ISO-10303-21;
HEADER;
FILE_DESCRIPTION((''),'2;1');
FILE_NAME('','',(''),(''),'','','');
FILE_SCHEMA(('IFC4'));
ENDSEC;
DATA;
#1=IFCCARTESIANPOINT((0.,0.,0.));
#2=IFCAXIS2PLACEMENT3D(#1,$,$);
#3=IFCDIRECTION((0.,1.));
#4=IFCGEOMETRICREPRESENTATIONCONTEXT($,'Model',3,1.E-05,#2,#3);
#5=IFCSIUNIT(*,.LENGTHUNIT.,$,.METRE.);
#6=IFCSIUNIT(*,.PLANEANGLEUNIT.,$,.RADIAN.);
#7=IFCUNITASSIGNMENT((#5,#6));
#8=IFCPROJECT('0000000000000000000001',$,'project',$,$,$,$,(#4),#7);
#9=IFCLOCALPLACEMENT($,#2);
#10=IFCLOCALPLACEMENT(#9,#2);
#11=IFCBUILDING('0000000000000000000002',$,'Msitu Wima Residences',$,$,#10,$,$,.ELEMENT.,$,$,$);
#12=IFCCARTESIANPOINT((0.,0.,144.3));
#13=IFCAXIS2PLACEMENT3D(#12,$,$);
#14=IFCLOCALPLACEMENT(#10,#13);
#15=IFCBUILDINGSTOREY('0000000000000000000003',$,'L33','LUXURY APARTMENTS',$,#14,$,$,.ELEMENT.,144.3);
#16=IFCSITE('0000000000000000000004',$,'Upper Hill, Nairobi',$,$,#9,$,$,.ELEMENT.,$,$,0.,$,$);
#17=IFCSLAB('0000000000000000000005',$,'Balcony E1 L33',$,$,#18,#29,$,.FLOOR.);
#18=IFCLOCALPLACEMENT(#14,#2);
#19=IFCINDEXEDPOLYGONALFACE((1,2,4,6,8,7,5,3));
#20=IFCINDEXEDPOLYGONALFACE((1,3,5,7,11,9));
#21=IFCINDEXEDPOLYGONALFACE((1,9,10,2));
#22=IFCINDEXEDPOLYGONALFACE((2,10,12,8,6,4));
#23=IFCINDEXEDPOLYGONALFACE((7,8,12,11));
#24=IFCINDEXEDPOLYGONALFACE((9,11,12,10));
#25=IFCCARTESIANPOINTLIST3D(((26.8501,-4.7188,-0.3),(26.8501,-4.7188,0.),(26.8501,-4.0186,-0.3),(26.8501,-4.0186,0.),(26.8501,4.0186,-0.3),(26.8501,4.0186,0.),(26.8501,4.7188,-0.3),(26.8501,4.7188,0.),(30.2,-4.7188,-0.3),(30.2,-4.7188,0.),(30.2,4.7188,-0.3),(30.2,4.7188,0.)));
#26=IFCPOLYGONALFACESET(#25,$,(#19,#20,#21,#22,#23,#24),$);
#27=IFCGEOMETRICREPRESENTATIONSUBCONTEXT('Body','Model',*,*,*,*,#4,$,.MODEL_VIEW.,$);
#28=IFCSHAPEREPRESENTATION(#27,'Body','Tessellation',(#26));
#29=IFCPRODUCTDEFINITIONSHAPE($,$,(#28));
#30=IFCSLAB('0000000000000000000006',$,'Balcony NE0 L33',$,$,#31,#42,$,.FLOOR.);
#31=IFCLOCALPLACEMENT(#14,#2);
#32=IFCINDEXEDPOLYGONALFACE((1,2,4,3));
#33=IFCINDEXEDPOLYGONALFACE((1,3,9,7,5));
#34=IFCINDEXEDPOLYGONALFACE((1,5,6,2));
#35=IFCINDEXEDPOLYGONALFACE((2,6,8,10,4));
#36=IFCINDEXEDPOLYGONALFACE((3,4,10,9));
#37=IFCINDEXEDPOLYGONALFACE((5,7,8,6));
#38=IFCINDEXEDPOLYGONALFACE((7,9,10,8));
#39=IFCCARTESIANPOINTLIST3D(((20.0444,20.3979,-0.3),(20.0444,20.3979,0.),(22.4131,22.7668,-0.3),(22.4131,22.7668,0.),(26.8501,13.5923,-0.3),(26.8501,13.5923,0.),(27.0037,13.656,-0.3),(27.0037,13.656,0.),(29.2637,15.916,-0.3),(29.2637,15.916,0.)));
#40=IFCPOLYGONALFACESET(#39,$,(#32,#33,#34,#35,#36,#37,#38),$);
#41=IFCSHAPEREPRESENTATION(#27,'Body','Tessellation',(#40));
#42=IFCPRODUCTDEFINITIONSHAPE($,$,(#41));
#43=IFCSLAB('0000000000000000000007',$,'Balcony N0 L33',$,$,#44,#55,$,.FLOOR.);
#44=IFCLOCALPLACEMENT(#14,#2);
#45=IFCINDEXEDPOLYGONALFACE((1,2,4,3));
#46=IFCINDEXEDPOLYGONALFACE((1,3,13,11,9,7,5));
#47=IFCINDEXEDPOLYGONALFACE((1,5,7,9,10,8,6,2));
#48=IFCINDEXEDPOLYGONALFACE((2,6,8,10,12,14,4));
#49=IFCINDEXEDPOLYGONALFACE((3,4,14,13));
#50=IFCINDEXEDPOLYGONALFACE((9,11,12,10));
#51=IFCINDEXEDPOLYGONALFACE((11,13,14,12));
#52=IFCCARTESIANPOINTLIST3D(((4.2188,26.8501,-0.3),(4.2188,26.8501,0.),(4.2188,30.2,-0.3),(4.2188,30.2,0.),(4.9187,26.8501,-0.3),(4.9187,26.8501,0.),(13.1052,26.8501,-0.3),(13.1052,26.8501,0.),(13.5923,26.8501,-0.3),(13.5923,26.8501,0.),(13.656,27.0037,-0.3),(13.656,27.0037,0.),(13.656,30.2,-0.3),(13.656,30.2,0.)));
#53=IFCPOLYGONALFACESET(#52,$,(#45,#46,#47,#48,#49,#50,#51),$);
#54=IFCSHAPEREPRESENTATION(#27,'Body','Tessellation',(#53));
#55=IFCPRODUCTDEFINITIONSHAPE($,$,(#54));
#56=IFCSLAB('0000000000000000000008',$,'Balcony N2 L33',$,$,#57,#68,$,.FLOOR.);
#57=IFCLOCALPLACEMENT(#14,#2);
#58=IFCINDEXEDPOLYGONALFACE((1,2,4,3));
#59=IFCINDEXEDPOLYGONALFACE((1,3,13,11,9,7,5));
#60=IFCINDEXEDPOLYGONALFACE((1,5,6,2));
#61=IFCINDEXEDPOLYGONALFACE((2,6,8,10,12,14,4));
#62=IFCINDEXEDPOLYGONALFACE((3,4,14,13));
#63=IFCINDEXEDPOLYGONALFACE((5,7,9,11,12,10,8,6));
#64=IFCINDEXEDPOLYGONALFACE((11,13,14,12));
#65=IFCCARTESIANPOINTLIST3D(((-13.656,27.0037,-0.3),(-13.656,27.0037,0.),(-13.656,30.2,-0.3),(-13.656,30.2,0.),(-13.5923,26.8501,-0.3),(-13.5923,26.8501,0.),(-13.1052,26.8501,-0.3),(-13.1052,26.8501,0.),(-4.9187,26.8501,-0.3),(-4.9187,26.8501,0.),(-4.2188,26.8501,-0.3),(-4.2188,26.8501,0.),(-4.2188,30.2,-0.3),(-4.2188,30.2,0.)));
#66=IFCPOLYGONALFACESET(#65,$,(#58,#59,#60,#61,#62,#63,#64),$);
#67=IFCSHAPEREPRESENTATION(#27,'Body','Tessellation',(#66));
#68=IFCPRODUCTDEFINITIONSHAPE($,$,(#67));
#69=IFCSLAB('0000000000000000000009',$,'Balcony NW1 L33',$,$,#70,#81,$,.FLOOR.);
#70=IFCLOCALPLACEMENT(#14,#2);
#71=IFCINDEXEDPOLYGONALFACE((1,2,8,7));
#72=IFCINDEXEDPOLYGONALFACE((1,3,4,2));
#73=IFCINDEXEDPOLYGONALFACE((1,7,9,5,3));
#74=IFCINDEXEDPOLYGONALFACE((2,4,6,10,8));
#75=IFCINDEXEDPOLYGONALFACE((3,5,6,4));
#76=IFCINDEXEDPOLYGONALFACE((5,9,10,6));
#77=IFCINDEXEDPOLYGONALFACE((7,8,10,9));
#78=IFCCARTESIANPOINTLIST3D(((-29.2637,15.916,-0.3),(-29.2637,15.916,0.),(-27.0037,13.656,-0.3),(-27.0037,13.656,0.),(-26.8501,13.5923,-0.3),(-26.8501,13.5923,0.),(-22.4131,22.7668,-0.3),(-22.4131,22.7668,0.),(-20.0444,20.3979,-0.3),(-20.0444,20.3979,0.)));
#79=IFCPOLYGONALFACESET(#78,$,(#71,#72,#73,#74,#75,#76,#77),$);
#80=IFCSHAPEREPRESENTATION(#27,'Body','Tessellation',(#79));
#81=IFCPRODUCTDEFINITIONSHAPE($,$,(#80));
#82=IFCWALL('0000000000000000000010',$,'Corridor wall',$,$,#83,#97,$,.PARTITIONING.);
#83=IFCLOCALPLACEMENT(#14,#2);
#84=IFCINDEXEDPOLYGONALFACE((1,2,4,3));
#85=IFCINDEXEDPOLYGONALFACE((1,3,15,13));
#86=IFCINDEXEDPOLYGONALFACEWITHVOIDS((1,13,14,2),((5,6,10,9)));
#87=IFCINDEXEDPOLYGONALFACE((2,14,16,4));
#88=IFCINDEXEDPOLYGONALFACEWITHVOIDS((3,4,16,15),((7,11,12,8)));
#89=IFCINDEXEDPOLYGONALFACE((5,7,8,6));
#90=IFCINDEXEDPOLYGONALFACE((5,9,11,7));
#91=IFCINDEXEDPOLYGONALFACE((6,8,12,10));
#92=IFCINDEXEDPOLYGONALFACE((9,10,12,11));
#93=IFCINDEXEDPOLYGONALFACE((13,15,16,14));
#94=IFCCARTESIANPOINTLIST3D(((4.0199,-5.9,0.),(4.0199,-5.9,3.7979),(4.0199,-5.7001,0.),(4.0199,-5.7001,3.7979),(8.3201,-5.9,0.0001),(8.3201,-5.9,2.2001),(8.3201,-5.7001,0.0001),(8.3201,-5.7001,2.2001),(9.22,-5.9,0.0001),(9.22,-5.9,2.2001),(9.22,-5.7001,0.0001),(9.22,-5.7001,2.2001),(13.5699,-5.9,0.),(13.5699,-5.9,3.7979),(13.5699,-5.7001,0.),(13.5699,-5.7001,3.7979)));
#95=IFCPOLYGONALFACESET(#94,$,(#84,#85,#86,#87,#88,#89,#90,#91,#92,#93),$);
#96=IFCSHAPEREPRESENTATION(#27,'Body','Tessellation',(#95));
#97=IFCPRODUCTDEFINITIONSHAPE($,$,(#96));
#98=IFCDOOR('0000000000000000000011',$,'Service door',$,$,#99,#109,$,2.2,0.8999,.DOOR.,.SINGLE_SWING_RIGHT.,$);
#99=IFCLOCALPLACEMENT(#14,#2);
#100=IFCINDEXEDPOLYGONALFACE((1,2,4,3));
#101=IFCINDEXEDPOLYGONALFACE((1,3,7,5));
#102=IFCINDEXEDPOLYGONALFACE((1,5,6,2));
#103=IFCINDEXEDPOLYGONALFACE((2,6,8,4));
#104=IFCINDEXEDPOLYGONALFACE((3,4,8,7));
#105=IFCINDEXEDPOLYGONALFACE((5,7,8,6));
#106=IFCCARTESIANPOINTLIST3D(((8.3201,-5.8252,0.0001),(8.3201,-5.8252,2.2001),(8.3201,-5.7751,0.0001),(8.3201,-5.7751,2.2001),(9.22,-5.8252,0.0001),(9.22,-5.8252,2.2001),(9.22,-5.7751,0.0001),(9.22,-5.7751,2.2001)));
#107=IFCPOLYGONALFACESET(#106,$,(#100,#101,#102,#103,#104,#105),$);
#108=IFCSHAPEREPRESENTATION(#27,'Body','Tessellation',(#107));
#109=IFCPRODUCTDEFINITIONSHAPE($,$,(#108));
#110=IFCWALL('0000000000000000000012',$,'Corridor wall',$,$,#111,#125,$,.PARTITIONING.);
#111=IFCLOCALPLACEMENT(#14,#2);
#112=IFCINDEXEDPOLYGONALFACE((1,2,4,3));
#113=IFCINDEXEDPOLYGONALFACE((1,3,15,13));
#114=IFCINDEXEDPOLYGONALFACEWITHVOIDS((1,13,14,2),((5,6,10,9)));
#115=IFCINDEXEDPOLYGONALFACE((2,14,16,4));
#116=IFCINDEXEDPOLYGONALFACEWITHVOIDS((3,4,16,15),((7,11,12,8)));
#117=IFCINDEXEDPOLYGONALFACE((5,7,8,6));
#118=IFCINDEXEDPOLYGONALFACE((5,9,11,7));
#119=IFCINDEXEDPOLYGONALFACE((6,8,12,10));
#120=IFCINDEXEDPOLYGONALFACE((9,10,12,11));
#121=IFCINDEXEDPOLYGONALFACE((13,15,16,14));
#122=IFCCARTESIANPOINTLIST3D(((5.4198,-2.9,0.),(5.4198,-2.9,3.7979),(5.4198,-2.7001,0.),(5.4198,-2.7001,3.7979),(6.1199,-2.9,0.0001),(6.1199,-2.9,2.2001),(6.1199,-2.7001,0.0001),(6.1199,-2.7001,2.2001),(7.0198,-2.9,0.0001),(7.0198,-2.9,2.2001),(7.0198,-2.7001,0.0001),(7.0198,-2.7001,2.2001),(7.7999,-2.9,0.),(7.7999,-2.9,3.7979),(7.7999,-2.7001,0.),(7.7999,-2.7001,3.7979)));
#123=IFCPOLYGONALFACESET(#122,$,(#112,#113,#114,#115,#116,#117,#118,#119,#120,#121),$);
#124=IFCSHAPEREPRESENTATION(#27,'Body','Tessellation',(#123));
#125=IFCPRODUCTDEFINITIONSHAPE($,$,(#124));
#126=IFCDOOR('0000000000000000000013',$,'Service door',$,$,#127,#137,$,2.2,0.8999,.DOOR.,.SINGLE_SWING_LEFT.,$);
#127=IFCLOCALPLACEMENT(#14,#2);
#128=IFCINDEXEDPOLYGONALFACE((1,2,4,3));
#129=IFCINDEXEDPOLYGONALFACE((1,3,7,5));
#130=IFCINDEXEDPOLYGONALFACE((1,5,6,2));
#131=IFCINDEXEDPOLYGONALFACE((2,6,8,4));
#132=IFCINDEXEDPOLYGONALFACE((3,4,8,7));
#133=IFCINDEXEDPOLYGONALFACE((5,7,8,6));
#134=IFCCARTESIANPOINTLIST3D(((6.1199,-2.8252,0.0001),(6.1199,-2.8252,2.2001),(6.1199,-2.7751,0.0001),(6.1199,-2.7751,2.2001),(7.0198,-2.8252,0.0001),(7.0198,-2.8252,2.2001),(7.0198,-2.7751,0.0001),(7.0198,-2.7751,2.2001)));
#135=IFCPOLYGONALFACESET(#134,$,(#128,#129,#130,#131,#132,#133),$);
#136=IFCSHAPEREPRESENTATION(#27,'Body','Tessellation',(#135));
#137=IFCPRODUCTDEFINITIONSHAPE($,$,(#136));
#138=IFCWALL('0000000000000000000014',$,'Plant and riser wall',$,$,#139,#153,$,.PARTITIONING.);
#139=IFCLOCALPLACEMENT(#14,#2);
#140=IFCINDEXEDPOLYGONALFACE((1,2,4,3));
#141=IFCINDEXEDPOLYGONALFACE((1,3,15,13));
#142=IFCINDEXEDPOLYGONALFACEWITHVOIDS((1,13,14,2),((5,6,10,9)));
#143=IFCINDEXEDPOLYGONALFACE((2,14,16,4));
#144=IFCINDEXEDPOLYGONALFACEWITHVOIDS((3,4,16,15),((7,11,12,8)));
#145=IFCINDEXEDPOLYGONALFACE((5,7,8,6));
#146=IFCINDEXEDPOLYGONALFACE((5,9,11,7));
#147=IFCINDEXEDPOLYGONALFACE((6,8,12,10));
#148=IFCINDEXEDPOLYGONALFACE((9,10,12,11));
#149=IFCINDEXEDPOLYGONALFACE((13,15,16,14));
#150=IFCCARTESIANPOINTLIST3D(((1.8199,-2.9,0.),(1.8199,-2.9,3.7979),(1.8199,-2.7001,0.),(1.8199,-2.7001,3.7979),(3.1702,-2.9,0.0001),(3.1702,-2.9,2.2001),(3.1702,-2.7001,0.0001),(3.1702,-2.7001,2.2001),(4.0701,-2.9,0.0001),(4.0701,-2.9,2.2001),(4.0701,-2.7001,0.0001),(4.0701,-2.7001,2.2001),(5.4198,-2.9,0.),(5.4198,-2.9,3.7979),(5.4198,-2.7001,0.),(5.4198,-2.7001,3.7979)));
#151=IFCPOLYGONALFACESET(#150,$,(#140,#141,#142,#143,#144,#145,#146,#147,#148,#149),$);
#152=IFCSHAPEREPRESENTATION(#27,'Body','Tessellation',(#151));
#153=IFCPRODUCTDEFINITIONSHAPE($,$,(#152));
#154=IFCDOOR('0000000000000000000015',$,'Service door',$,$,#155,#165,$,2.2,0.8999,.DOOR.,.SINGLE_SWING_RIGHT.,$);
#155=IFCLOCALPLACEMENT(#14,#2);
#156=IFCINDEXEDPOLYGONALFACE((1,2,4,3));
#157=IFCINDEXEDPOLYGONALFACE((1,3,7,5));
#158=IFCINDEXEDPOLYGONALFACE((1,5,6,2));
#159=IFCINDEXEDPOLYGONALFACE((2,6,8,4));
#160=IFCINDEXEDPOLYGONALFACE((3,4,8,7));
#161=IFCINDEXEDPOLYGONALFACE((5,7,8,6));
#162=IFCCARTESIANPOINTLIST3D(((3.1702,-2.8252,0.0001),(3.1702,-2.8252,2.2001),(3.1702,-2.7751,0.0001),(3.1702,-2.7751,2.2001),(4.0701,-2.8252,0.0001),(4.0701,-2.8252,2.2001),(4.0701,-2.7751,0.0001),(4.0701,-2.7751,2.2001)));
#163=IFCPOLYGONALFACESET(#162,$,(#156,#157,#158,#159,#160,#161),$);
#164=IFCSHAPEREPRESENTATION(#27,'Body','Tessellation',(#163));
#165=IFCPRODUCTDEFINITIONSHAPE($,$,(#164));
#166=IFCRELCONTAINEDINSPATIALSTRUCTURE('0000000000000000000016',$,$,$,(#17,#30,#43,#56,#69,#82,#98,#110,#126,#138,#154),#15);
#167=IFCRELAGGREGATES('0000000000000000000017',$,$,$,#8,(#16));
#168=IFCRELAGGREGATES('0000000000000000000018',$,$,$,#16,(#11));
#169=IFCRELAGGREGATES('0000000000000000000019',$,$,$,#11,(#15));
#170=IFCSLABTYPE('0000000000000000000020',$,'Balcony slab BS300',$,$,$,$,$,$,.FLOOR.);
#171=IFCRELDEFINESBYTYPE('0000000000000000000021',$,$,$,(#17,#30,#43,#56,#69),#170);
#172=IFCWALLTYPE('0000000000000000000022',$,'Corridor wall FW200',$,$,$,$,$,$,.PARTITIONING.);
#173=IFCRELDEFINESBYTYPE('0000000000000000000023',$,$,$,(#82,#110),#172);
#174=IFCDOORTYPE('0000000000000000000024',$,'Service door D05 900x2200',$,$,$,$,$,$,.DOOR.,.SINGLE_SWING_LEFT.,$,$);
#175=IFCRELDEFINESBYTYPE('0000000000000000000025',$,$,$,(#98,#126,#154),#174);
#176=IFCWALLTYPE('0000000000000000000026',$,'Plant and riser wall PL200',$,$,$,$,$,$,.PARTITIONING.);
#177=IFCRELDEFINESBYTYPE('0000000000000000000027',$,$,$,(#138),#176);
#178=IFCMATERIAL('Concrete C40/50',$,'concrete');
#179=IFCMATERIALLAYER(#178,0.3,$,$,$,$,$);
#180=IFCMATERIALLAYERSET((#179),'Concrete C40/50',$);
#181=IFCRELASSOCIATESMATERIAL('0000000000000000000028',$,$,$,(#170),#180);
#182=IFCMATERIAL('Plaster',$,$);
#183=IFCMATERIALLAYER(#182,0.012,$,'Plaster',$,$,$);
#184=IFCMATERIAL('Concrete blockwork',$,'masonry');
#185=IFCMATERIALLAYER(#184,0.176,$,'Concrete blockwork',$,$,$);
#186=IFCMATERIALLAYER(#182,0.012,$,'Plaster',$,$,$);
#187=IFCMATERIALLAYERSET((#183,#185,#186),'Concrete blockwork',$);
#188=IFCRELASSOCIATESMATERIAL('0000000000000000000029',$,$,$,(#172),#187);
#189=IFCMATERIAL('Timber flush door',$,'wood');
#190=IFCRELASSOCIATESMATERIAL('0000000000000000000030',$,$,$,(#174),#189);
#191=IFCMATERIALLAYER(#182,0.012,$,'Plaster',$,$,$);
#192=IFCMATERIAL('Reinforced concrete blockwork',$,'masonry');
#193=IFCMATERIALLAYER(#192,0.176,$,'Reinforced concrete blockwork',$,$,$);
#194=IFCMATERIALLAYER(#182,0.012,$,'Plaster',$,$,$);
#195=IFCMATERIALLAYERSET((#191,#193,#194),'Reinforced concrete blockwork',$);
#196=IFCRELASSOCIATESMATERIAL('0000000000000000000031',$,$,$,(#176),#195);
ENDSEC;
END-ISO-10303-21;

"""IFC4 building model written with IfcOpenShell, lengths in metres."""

from ifc_helpers import new_model, si_unit, direction, frame, frame_2d, origin, place, context, subcontext, project, spatial, polyline, rectangle, outline, extrude, material, layer, layer_set, type_object, element, fill, save


model = new_model("IFC4")

# Units and contexts
model_context = context("Model", 3, precision=1e-05, world=origin(), true_north=direction((0.0, 1.0)))
body_context = subcontext(model_context, "Body", "Model", "MODEL_VIEW")
ifc_project = project(units=[si_unit("LENGTHUNIT", "METRE"), si_unit("PLANEANGLEUNIT", "RADIAN")], contexts=[model_context])

# Site, building, storey
site_placement = place(None, origin())
site = spatial("IfcSite", under=ifc_project, at=site_placement, Name="Upper Hill, Nairobi", CompositionType="ELEMENT", RefElevation=0.0)
building_placement = place(site_placement, origin())
building = spatial("IfcBuilding", under=site, at=building_placement, Name="Msitu Wima Residences", CompositionType="ELEMENT")
storey_placement = place(building_placement, frame((0.0, 0.0, 144.3)))
storey = spatial("IfcBuildingStorey", under=building, at=storey_placement, Name="L33", Description="LUXURY APARTMENTS", CompositionType="ELEMENT", Elevation=144.3)

# Slabs
ifc_material_1 = material(Name="Concrete C40/50", Category="concrete")
ifc_layer_1 = layer(ifc_material_1, 0.3)
ifc_layer_set_1 = layer_set([ifc_layer_1], Name="Concrete C40/50")
slab_type = type_object("IfcSlabType", Name="Balcony slab BS300", PredefinedType="FLOOR", material=ifc_layer_set_1)
slab_1_placement = place(storey_placement, frame((0.0, 0.0, -0.3)))
element("IfcSlab", 1, at=slab_1_placement, inside=storey, type_object=slab_type, Name="Balcony E1 L33", PredefinedType="FLOOR", context=body_context, shape_type="SweptSolid", body=[
    extrude(outline(polyline([(26.8501, 4.0186), (26.8501, 4.0186), (26.8501, 4.7188), (30.2, 4.7188), (30.2, -4.7188), (26.8501, -4.7188), (26.8501, -4.0186), (26.8501, -4.0186), (26.8501, 4.0186)])), origin(), (0.0, 0.0, 1.0), 0.3),
])
slab_2_placement = place(storey_placement, frame((0.0, 0.0, -0.3)))
element("IfcSlab", 2, at=slab_2_placement, inside=storey, type_object=slab_type, Name="Balcony NE0 L33", PredefinedType="FLOOR", context=body_context, shape_type="SweptSolid", body=[
    extrude(outline(polyline([(22.4131, 22.7668), (29.2637, 15.916), (27.0037, 13.656), (26.8501, 13.5923), (20.0444, 20.3979), (22.4131, 22.7668)])), origin(), (0.0, 0.0, 1.0), 0.3),
])
slab_3_placement = place(storey_placement, frame((0.0, 0.0, -0.3)))
element("IfcSlab", 3, at=slab_3_placement, inside=storey, type_object=slab_type, Name="Balcony N0 L33", PredefinedType="FLOOR", context=body_context, shape_type="SweptSolid", body=[
    extrude(outline(polyline([(13.1052, 26.8501), (13.1052, 26.8501), (4.9187, 26.8501), (4.9187, 26.8501), (4.2188, 26.8501), (4.2188, 30.2), (13.656, 30.2), (13.656, 27.0037), (13.5923, 26.8501), (13.1052, 26.8501), (13.1052, 26.8501)])), origin(), (0.0, 0.0, 1.0), 0.3),
])
slab_4_placement = place(storey_placement, frame((0.0, 0.0, -0.3)))
element("IfcSlab", 4, at=slab_4_placement, inside=storey, type_object=slab_type, Name="Balcony N2 L33", PredefinedType="FLOOR", context=body_context, shape_type="SweptSolid", body=[
    extrude(outline(polyline([(-13.1052, 26.8501), (-13.1052, 26.8501), (-13.5923, 26.8501), (-13.656, 27.0037), (-13.656, 30.2), (-4.2188, 30.2), (-4.2188, 26.8501), (-4.9187, 26.8501), (-4.9187, 26.8501), (-13.1052, 26.8501), (-13.1052, 26.8501)])), origin(), (0.0, 0.0, 1.0), 0.3),
])
slab_5_placement = place(storey_placement, frame((0.0, 0.0, -0.3)))
element("IfcSlab", 5, at=slab_5_placement, inside=storey, type_object=slab_type, Name="Balcony NW1 L33", PredefinedType="FLOOR", context=body_context, shape_type="SweptSolid", body=[
    extrude(outline(polyline([(-29.2637, 15.916), (-22.4131, 22.7668), (-20.0444, 20.3979), (-26.8501, 13.5923), (-27.0037, 13.656), (-29.2637, 15.916)])), origin(), (0.0, 0.0, 1.0), 0.3),
])

# Walls, openings, doors
ifc_material_2 = material(Name="Plaster")
ifc_layer_2 = layer(ifc_material_2, 0.012, Name="Plaster")
ifc_material_3 = material(Name="Concrete blockwork", Category="masonry")
ifc_layer_3 = layer(ifc_material_3, 0.176, Name="Concrete blockwork")
ifc_layer_4 = layer(ifc_material_2, 0.012, Name="Plaster")
ifc_layer_set_2 = layer_set([ifc_layer_2, ifc_layer_3, ifc_layer_4], Name="Concrete blockwork")
wall_type_1 = type_object("IfcWallType", Name="Corridor wall FW200", PredefinedType="PARTITIONING", material=ifc_layer_set_2)
wall_1_placement = place(storey_placement, frame((4.02, -5.8, 0.0), z_axis=(0.0, 0.0, 1.0), x_axis=(1.0, 0.0, 0.0)))
wall_1 = element("IfcWall", 6, at=wall_1_placement, inside=storey, type_object=wall_type_1, Name="Corridor wall", PredefinedType="PARTITIONING", context=body_context, shape_type="SweptSolid", body=[
    extrude(rectangle(XDim=9.55, YDim=0.2, at=frame_2d((4.7749, 0.0))), origin(), (0.0, 0.0, 1.0), 3.7979),
])
opening_1_placement = place(wall_1_placement, frame((4.3, 0.0, 0.0)))
opening_1 = element("IfcOpeningElement", 7, at=opening_1_placement, cuts=wall_1, PredefinedType="OPENING", context=body_context, shape_type="SweptSolid", body=[
    extrude(rectangle(XDim=0.8999, YDim=2.2, at=frame_2d((0.45, 1.1001))), frame((0.0, 0.1099, 0.0), z_axis=(0.0, -1.0, 0.0), x_axis=(1.0, 0.0, 0.0)), (0.0, 0.0, 1.0), 0.22),
])
ifc_material_4 = material(Name="Timber flush door", Category="wood")
door_type = type_object("IfcDoorType", Name="Service door D05 900x2200", OperationType="SINGLE_SWING_LEFT", PredefinedType="DOOR", material=ifc_material_4)
door_1_placement = place(opening_1_placement, origin())
door_1 = element("IfcDoor", 8, at=door_1_placement, inside=storey, type_object=door_type, Name="Service door", OperationType="SINGLE_SWING_RIGHT", OverallHeight=2.2, OverallWidth=0.8999, PredefinedType="DOOR", context=body_context, shape_type="SweptSolid", body=[
    extrude(rectangle(XDim=0.8999, YDim=2.2, at=frame_2d((0.45, 1.1001))), frame((0.0, 0.0249, 0.0), z_axis=(0.0, -1.0, 0.0), x_axis=(1.0, 0.0, 0.0)), (0.0, 0.0, 1.0), 0.05),
])
fill(opening_1, door_1)
wall_2_placement = place(storey_placement, frame((5.4199, -2.8, 0.0), z_axis=(0.0, 0.0, 1.0), x_axis=(1.0, 0.0, 0.0)))
wall_2 = element("IfcWall", 9, at=wall_2_placement, inside=storey, type_object=wall_type_1, Name="Corridor wall", PredefinedType="PARTITIONING", context=body_context, shape_type="SweptSolid", body=[
    extrude(rectangle(XDim=2.3801, YDim=0.2, at=frame_2d((1.1899, 0.0))), origin(), (0.0, 0.0, 1.0), 3.7979),
])
opening_2_placement = place(wall_2_placement, frame((0.7, 0.0, 0.0)))
opening_2 = element("IfcOpeningElement", 10, at=opening_2_placement, cuts=wall_2, PredefinedType="OPENING", context=body_context, shape_type="SweptSolid", body=[
    extrude(rectangle(XDim=0.8999, YDim=2.2, at=frame_2d((0.45, 1.1001))), frame((0.0, 0.1099, 0.0), z_axis=(0.0, -1.0, 0.0), x_axis=(1.0, 0.0, 0.0)), (0.0, 0.0, 1.0), 0.22),
])
door_2_placement = place(opening_2_placement, origin())
door_2 = element("IfcDoor", 11, at=door_2_placement, inside=storey, type_object=door_type, Name="Service door", OperationType="SINGLE_SWING_LEFT", OverallHeight=2.2, OverallWidth=0.8999, PredefinedType="DOOR", context=body_context, shape_type="SweptSolid", body=[
    extrude(rectangle(XDim=0.8999, YDim=2.2, at=frame_2d((0.45, 1.1001))), frame((0.0, 0.0249, 0.0), z_axis=(0.0, -1.0, 0.0), x_axis=(1.0, 0.0, 0.0)), (0.0, 0.0, 1.0), 0.05),
])
fill(opening_2, door_2)
ifc_layer_5 = layer(ifc_material_2, 0.012, Name="Plaster")
ifc_material_5 = material(Name="Reinforced concrete blockwork", Category="masonry")
ifc_layer_6 = layer(ifc_material_5, 0.176, Name="Reinforced concrete blockwork")
ifc_layer_7 = layer(ifc_material_2, 0.012, Name="Plaster")
ifc_layer_set_3 = layer_set([ifc_layer_5, ifc_layer_6, ifc_layer_7], Name="Reinforced concrete blockwork")
wall_type_2 = type_object("IfcWallType", Name="Plant and riser wall PL200", PredefinedType="PARTITIONING", material=ifc_layer_set_3)
wall_3_placement = place(storey_placement, frame((1.8201, -2.8, 0.0), z_axis=(0.0, 0.0, 1.0), x_axis=(1.0, 0.0, 0.0)))
wall_3 = element("IfcWall", 12, at=wall_3_placement, inside=storey, type_object=wall_type_2, Name="Plant and riser wall", PredefinedType="PARTITIONING", context=body_context, shape_type="SweptSolid", body=[
    extrude(rectangle(XDim=3.5999, YDim=0.2, at=frame_2d((1.7998, 0.0))), origin(), (0.0, 0.0, 1.0), 3.7979),
])
opening_3_placement = place(wall_3_placement, frame((1.3501, 0.0, 0.0)))
opening_3 = element("IfcOpeningElement", 13, at=opening_3_placement, cuts=wall_3, PredefinedType="OPENING", context=body_context, shape_type="SweptSolid", body=[
    extrude(rectangle(XDim=0.8999, YDim=2.2, at=frame_2d((0.45, 1.1001))), frame((0.0, 0.1099, 0.0), z_axis=(0.0, -1.0, 0.0), x_axis=(1.0, 0.0, 0.0)), (0.0, 0.0, 1.0), 0.22),
])
door_3_placement = place(opening_3_placement, origin())
door_3 = element("IfcDoor", 14, at=door_3_placement, inside=storey, type_object=door_type, Name="Service door", OperationType="SINGLE_SWING_RIGHT", OverallHeight=2.2, OverallWidth=0.8999, PredefinedType="DOOR", context=body_context, shape_type="SweptSolid", body=[
    extrude(rectangle(XDim=0.8999, YDim=2.2, at=frame_2d((0.45, 1.1001))), frame((0.0, 0.0249, 0.0), z_axis=(0.0, -1.0, 0.0), x_axis=(1.0, 0.0, 0.0)), (0.0, 0.0, 1.0), 0.05),
])
fill(opening_3, door_3)

save(model, "model.ifc")
